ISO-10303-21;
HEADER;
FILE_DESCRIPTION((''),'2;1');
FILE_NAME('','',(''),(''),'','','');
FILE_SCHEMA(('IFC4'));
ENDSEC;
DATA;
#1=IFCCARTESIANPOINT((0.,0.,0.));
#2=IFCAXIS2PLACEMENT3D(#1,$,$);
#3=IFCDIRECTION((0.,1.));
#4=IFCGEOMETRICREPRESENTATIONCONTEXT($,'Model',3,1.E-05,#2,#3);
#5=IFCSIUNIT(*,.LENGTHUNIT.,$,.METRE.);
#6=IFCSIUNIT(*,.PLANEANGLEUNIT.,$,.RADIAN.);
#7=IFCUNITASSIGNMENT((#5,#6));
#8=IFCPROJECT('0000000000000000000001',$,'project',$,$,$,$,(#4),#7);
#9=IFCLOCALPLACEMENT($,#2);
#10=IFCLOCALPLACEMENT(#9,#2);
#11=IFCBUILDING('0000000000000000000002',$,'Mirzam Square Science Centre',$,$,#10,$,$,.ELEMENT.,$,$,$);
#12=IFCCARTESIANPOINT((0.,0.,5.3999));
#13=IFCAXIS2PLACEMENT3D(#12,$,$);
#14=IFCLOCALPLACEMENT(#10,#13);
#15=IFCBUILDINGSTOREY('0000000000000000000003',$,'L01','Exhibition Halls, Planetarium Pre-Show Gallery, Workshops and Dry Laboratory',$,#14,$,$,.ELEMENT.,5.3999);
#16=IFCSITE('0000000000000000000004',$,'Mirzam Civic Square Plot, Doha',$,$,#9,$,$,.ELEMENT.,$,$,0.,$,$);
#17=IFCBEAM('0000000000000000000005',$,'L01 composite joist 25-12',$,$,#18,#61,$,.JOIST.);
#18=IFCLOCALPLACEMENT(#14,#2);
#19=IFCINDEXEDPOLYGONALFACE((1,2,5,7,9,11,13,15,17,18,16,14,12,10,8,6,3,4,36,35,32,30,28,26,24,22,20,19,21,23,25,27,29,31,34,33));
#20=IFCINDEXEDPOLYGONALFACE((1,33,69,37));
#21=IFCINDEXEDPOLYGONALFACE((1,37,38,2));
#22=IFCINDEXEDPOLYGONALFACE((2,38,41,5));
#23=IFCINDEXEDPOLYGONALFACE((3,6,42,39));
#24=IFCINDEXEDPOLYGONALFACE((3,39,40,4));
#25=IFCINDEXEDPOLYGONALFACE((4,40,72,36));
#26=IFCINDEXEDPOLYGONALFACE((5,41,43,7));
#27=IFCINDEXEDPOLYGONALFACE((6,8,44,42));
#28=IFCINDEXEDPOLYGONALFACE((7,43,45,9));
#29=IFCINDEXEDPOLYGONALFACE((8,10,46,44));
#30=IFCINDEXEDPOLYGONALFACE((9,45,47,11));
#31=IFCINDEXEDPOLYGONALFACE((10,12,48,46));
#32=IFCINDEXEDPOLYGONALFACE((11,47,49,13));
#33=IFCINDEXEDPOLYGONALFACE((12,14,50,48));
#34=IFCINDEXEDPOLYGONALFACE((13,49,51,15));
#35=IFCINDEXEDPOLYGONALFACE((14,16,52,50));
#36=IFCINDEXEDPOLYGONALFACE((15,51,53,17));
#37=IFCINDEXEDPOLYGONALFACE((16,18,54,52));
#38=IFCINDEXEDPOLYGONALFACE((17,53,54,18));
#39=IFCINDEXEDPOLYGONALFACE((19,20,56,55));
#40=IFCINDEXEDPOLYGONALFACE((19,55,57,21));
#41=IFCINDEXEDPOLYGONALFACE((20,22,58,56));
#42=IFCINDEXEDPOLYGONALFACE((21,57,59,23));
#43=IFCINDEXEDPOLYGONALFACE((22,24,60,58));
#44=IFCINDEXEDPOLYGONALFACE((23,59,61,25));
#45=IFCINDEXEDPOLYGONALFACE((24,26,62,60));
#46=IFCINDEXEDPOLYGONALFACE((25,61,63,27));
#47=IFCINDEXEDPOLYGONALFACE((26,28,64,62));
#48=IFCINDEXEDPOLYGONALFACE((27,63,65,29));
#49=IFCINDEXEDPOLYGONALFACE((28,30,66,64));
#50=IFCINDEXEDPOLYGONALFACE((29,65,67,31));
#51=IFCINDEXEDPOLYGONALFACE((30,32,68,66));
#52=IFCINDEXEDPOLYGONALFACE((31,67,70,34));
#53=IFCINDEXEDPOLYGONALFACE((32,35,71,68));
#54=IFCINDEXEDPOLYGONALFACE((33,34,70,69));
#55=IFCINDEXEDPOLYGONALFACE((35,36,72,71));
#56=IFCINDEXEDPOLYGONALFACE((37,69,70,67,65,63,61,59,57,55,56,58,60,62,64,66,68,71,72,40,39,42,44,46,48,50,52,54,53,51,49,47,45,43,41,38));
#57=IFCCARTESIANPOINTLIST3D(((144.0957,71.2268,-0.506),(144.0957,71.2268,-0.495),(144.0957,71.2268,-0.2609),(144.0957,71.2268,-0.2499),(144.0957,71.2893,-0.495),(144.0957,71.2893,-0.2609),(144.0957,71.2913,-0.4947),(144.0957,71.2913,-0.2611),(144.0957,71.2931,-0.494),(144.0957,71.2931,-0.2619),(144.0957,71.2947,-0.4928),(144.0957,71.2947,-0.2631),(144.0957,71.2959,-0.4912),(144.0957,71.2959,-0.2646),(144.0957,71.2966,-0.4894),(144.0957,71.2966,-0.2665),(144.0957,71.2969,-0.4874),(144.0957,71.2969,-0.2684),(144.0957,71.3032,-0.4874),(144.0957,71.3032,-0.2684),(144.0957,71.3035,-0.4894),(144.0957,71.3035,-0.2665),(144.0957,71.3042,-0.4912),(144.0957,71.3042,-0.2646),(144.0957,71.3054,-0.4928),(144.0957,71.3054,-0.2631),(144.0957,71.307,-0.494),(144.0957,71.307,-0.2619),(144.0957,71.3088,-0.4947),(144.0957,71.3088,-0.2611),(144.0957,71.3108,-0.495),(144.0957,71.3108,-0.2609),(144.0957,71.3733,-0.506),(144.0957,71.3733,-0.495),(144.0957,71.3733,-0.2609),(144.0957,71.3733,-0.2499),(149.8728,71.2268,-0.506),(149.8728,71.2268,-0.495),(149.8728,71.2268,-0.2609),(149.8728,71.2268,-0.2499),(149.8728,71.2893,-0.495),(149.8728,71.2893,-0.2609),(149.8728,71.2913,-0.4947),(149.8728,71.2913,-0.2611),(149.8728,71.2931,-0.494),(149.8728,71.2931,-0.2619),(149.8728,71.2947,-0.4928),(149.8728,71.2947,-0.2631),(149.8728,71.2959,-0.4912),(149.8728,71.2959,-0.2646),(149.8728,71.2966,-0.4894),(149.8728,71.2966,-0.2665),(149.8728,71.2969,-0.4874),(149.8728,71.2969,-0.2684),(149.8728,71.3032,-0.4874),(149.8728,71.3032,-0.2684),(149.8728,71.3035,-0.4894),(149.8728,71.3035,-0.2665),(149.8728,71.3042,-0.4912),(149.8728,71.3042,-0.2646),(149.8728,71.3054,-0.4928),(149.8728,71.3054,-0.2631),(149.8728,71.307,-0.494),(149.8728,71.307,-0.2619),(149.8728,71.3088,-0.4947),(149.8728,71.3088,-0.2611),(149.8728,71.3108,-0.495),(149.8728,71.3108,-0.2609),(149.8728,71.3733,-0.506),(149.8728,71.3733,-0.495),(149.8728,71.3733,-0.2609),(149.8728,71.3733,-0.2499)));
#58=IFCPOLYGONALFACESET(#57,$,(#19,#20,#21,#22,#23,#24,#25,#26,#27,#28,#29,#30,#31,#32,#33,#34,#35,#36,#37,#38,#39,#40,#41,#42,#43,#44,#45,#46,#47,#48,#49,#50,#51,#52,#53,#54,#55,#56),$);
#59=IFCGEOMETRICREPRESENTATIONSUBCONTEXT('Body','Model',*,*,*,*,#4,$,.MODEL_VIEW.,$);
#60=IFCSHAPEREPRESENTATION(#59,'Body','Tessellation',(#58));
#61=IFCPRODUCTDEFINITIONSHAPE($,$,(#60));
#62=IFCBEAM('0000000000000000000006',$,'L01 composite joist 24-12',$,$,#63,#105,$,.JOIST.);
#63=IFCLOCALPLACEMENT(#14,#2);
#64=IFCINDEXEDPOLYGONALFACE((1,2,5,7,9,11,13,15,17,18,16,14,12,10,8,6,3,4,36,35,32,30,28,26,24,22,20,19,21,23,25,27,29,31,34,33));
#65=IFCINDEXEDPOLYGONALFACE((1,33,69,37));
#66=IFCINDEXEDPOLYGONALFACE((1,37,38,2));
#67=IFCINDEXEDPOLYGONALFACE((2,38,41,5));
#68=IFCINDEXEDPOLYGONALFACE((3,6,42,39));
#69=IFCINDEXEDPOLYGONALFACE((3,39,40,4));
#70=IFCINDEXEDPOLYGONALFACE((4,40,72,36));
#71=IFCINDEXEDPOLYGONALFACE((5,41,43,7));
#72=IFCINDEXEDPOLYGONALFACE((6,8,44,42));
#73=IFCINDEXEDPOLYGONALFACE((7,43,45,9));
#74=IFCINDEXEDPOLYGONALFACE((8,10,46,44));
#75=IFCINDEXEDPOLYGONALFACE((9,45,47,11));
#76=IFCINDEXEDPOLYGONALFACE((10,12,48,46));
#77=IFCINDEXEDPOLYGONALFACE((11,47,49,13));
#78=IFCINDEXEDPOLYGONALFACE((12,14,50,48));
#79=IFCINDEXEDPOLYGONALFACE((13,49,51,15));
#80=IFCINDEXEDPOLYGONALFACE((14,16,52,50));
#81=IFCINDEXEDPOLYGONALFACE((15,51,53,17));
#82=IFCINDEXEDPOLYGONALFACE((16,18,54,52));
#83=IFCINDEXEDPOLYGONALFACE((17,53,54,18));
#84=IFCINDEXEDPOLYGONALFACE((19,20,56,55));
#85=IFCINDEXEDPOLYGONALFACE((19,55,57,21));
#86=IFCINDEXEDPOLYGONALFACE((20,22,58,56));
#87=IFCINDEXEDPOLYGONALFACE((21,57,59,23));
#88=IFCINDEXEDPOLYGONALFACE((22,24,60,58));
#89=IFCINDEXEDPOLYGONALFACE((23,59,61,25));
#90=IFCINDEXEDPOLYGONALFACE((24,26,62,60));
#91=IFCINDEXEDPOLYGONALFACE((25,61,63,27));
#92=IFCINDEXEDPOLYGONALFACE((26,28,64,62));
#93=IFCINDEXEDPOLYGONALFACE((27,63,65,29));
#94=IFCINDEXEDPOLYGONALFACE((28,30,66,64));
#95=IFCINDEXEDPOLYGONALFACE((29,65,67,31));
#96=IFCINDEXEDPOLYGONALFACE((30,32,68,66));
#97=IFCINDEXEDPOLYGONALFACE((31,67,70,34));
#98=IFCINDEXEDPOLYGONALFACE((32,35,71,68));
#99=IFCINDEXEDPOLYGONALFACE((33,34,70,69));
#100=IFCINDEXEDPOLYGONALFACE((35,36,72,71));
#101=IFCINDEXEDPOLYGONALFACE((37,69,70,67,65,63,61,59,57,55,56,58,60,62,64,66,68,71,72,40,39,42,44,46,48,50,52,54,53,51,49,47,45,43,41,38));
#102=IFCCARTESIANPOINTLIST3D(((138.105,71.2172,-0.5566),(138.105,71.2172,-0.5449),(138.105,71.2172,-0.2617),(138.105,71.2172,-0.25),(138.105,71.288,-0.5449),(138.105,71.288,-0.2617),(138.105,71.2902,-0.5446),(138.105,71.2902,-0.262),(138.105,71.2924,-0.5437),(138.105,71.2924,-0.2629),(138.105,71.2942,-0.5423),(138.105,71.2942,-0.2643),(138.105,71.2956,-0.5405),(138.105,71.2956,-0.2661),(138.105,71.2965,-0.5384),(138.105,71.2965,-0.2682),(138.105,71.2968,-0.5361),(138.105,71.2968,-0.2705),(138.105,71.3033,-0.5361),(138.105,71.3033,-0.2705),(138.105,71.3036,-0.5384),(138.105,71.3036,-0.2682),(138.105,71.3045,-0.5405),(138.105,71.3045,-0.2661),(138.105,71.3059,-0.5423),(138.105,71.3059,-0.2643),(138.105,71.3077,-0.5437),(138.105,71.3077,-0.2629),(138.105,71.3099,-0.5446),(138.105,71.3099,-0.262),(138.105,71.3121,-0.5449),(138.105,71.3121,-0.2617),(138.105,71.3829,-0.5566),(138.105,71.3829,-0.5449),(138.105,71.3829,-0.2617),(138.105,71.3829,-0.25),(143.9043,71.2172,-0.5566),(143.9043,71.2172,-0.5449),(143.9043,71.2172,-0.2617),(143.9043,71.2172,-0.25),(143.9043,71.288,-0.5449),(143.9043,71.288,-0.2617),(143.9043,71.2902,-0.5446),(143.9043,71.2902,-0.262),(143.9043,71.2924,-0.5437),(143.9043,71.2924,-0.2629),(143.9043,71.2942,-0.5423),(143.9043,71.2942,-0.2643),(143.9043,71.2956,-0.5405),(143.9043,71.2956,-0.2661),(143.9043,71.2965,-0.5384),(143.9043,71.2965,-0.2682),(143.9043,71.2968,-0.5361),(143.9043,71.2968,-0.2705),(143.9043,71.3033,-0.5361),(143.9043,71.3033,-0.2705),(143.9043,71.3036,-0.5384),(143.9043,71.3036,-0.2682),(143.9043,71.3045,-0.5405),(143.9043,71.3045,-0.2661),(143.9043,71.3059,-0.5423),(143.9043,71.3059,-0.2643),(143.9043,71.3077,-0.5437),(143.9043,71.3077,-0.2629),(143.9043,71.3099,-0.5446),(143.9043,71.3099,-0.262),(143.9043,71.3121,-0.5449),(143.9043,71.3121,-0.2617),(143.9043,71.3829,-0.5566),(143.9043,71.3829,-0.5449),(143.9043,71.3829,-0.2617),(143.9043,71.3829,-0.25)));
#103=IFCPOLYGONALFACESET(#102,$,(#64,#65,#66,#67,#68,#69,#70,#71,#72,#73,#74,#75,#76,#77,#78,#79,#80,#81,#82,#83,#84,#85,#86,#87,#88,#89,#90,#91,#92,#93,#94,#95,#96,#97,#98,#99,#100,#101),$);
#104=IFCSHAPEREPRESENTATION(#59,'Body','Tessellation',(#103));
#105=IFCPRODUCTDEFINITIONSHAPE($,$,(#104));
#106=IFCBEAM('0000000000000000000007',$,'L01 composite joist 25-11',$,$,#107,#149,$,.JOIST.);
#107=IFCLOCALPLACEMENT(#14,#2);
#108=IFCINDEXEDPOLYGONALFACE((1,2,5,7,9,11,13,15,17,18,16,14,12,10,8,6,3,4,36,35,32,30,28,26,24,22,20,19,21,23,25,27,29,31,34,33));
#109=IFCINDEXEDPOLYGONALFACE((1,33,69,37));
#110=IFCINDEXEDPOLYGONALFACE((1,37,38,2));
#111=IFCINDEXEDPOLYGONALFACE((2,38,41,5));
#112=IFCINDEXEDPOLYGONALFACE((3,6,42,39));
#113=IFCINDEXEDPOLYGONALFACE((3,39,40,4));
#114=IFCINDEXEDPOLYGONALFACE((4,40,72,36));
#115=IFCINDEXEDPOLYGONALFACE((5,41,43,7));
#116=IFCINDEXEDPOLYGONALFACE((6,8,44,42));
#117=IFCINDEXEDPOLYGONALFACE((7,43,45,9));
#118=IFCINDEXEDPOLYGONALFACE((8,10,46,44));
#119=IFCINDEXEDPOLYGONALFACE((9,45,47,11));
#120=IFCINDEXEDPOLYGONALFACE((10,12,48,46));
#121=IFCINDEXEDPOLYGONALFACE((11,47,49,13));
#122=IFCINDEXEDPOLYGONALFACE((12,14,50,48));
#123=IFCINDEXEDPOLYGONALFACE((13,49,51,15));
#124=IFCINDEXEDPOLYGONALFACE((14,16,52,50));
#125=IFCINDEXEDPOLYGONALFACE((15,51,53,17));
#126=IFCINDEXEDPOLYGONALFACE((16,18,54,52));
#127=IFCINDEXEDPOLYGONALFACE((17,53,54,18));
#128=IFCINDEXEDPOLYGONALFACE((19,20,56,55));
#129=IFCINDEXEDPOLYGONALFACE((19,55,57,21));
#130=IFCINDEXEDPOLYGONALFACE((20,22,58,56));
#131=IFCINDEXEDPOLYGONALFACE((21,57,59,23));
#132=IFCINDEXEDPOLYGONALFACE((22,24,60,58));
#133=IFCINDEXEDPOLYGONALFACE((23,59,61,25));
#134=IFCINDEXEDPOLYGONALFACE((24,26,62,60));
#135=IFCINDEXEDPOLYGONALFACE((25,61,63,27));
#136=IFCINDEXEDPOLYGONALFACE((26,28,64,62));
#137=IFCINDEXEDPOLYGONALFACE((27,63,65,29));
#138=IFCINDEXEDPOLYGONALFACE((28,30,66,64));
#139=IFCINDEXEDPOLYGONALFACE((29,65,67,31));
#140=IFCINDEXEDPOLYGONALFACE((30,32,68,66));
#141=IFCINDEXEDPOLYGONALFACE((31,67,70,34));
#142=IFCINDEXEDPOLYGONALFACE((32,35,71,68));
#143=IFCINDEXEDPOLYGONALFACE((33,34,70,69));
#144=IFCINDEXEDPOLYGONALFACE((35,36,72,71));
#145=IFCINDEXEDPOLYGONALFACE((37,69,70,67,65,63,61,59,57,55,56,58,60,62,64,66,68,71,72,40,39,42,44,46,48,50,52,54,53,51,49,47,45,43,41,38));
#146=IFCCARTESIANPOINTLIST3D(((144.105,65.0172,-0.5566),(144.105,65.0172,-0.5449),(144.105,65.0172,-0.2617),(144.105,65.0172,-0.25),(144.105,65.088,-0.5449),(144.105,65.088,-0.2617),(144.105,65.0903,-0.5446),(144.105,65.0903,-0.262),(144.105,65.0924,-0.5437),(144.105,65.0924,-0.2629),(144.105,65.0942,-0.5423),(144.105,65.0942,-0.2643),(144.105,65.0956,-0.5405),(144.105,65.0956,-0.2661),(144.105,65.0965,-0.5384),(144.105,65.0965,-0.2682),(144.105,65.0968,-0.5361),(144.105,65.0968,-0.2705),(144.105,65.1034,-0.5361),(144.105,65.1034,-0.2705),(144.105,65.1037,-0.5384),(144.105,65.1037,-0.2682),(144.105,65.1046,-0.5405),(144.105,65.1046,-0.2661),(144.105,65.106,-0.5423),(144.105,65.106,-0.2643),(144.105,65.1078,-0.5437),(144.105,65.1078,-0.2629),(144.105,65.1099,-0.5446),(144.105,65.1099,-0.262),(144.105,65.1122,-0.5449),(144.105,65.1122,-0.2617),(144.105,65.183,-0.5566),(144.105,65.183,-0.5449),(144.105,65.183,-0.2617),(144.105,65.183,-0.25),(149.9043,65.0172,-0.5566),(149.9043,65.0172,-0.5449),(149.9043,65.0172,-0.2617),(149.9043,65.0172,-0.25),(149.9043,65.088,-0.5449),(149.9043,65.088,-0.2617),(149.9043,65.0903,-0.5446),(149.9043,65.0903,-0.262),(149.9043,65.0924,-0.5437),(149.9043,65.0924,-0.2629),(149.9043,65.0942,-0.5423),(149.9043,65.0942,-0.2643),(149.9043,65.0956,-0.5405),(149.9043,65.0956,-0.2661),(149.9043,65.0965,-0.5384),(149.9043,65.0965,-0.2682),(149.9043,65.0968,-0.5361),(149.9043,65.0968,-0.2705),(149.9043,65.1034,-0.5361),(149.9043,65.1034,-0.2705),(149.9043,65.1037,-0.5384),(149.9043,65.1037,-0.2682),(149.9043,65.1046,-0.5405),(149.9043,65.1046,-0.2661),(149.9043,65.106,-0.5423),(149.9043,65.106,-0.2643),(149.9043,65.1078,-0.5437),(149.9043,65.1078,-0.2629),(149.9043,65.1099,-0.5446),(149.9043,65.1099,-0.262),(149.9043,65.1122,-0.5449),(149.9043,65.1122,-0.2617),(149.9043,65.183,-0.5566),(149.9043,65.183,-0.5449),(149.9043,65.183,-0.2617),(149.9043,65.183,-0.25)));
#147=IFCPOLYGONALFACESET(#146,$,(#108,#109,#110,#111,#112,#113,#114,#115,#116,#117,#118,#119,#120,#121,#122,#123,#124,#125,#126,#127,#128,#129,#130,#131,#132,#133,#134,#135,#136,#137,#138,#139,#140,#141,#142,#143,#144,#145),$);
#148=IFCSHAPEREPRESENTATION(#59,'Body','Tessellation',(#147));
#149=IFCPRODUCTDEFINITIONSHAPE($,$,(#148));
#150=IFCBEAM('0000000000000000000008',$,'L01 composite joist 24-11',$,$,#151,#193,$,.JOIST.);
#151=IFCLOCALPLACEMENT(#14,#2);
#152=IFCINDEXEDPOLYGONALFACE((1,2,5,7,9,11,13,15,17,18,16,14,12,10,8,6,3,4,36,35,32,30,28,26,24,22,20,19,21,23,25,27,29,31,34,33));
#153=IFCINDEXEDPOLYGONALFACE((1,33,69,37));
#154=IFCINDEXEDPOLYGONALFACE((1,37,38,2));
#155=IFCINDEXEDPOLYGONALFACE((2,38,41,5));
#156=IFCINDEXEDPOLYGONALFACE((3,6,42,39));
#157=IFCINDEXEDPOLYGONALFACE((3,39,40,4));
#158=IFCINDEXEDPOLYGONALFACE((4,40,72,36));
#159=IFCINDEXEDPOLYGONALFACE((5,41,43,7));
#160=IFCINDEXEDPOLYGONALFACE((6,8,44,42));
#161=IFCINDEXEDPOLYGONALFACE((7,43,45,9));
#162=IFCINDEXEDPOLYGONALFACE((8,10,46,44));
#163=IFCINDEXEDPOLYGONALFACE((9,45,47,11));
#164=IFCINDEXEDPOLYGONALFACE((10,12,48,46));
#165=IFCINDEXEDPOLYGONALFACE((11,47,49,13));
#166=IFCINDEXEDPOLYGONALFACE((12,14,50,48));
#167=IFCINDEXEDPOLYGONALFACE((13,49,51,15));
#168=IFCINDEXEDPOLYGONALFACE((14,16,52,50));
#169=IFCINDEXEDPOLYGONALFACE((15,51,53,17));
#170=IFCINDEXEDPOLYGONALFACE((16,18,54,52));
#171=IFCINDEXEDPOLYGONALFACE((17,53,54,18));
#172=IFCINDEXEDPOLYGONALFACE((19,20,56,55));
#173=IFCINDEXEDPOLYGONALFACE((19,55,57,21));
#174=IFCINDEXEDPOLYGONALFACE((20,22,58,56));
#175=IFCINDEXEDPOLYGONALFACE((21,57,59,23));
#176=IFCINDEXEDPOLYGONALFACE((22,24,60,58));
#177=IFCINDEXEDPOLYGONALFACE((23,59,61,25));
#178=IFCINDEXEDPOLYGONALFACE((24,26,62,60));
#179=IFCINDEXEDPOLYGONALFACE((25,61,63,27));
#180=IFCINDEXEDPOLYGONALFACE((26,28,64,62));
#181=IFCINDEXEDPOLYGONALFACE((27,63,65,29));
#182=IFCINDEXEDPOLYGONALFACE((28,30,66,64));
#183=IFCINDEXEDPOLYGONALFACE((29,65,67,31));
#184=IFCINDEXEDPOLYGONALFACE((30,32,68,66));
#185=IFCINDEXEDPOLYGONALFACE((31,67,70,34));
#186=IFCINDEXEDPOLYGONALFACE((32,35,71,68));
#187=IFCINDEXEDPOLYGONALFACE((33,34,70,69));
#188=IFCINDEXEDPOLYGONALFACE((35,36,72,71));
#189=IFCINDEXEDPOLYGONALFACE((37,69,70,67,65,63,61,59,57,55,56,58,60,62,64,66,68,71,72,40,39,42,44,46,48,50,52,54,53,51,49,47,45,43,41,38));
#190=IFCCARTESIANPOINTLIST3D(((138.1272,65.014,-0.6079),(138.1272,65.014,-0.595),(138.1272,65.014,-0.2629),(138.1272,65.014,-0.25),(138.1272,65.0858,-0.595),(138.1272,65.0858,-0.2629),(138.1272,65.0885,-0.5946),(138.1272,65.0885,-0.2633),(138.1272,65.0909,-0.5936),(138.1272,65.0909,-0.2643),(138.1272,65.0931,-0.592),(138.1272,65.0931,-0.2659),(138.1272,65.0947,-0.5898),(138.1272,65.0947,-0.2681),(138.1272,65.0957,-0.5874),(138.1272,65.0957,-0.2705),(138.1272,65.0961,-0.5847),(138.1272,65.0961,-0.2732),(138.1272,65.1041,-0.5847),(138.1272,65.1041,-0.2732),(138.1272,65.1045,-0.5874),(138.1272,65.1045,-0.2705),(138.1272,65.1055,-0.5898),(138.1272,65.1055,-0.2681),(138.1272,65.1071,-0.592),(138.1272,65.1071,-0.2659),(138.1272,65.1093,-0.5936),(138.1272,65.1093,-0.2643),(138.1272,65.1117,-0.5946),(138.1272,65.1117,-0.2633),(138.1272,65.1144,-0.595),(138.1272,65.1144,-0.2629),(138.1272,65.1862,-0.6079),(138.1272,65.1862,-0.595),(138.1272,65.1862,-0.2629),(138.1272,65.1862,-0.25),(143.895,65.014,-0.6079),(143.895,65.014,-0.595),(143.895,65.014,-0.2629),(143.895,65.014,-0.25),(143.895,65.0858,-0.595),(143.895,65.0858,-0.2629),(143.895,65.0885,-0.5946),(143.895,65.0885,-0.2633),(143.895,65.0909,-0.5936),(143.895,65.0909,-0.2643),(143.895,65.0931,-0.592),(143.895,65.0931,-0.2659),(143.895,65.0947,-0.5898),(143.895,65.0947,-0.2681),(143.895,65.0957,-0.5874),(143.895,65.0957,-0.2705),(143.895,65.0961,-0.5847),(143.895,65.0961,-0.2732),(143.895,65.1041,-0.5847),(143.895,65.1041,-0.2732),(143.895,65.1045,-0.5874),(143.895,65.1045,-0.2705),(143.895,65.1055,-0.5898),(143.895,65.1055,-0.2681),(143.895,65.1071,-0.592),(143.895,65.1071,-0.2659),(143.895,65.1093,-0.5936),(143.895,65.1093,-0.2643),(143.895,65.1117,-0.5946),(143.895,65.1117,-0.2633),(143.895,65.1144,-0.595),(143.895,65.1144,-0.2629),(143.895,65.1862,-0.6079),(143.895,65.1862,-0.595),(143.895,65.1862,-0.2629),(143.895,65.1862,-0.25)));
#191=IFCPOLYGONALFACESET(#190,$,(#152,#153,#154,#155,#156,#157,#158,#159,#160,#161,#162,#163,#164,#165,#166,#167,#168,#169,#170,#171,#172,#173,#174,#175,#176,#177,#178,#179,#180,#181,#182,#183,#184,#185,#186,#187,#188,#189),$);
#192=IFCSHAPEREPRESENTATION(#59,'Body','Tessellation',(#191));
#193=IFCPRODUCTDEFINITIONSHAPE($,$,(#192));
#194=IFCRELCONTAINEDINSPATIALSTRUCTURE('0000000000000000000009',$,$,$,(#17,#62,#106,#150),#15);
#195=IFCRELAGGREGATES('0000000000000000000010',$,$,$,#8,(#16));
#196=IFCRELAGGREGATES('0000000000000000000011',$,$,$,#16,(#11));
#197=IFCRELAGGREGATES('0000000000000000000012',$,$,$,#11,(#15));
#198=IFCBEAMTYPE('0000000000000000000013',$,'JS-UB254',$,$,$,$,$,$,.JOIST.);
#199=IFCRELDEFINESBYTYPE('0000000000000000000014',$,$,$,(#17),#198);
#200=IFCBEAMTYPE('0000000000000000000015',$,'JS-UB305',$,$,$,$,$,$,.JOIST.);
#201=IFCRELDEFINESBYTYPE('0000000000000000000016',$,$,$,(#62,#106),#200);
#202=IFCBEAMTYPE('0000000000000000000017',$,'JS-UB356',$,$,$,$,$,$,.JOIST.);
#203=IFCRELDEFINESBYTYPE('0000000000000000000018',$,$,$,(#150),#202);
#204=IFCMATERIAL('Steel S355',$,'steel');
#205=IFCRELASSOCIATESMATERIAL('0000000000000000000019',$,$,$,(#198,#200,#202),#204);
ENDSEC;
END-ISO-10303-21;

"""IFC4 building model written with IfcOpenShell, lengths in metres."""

from ifc_helpers import new_model, si_unit, direction, frame, origin, origin_2d, place, context, subcontext, project, spatial, i_section, extrude, material, material_profile, profile_set, type_object, element, save


model = new_model("IFC4")

# Units and contexts
model_context = context("Model", 3, precision=1e-05, world=origin(), true_north=direction((0.0, 1.0)))
body_context = subcontext(model_context, "Body", "Model", "MODEL_VIEW")
ifc_project = project(units=[si_unit("LENGTHUNIT", "METRE"), si_unit("PLANEANGLEUNIT", "RADIAN")], contexts=[model_context])

# Site, building, storey
site_placement = place(None, origin())
site = spatial("IfcSite", under=ifc_project, at=site_placement, Name="Mirzam Civic Square Plot, Doha", CompositionType="ELEMENT", RefElevation=0.0)
building_placement = place(site_placement, origin())
building = spatial("IfcBuilding", under=site, at=building_placement, Name="Mirzam Square Science Centre", CompositionType="ELEMENT")
storey_placement = place(building_placement, frame((0.0, 0.0, 5.3999)))
storey = spatial("IfcBuildingStorey", under=building, at=storey_placement, Name="L01", Description="Exhibition Halls, Planetarium Pre-Show Gallery, Workshops and Dry Laboratory", CompositionType="ELEMENT", Elevation=5.3999)

# Shared definitions
ifc_material = material(Name="Steel S355", Category="steel")

# Beams
ifc_material_profile_1 = material_profile(ifc_material, i_section(OverallWidth=0.1465, OverallDepth=0.2561, WebThickness=0.0063, FlangeThickness=0.011, FilletRadius=0.0076, at=origin_2d()), Name="254x146x37UB")
ifc_profile_set_1 = profile_set([ifc_material_profile_1], Name="Steel S355")
beam_type_1 = type_object("IfcBeamType", Name="JS-UB254", PredefinedType="JOIST", material=ifc_profile_set_1)
for number, where, z_axis, x_axis, name in (
    (1, (144.0957, 71.3, -0.3779), (1.0, 0.0, 0.0), (0.0, 1.0, 0.0), "L01 composite joist 25-12"),
):
    element("IfcBeam", number, at=place(storey_placement, frame(where, z_axis=z_axis, x_axis=x_axis)), inside=storey, type_object=beam_type_1, Name=name, PredefinedType="JOIST", context=body_context, shape_type="SweptSolid", body=[
        extrude(i_section(OverallWidth=0.1465, OverallDepth=0.2561, WebThickness=0.0063, FlangeThickness=0.011, FilletRadius=0.0076, at=origin_2d()), origin(), (0.0, 0.0, 1.0), 5.7771),
    ])
ifc_material_profile_2 = material_profile(ifc_material, i_section(OverallWidth=0.1658, OverallDepth=0.3066, WebThickness=0.0066, FlangeThickness=0.0117, FilletRadius=0.0088, at=origin_2d()), Name="305x165x46UB")
ifc_profile_set_2 = profile_set([ifc_material_profile_2], Name="Steel S355")
beam_type_2 = type_object("IfcBeamType", Name="JS-UB305", PredefinedType="JOIST", material=ifc_profile_set_2)
for number, where, z_axis, x_axis, name in (
    (2, (138.105, 71.3, -0.4033), (1.0, 0.0, 0.0), (0.0, 1.0, 0.0), "L01 composite joist 24-12"),
    (3, (144.105, 65.1001, -0.4033), (1.0, 0.0, 0.0), (0.0, 1.0, 0.0), "L01 composite joist 25-11"),
):
    element("IfcBeam", number, at=place(storey_placement, frame(where, z_axis=z_axis, x_axis=x_axis)), inside=storey, type_object=beam_type_2, Name=name, PredefinedType="JOIST", context=body_context, shape_type="SweptSolid", body=[
        extrude(i_section(OverallWidth=0.1658, OverallDepth=0.3066, WebThickness=0.0066, FlangeThickness=0.0117, FilletRadius=0.0088, at=origin_2d()), origin(), (0.0, 0.0, 1.0), 5.7993),
    ])
ifc_material_profile_3 = material_profile(ifc_material, i_section(OverallWidth=0.1721, OverallDepth=0.3579, WebThickness=0.0081, FlangeThickness=0.0129, FilletRadius=0.0103, at=origin_2d()), Name="356x171x57UB")
ifc_profile_set_3 = profile_set([ifc_material_profile_3], Name="Steel S355")
beam_type_3 = type_object("IfcBeamType", Name="JS-UB356", PredefinedType="JOIST", material=ifc_profile_set_3)
beam_1_placement = place(storey_placement, frame((138.1272, 65.1001, -0.429), z_axis=(1.0, 0.0, 0.0), x_axis=(0.0, 1.0, 0.0)))
element("IfcBeam", 4, at=beam_1_placement, inside=storey, type_object=beam_type_3, Name="L01 composite joist 24-11", PredefinedType="JOIST", context=body_context, shape_type="SweptSolid", body=[
    extrude(i_section(OverallWidth=0.1721, OverallDepth=0.3579, WebThickness=0.0081, FlangeThickness=0.0129, FilletRadius=0.0103, at=origin_2d()), origin(), (0.0, 0.0, 1.0), 5.7678),
])

save(model, "model.ifc")
